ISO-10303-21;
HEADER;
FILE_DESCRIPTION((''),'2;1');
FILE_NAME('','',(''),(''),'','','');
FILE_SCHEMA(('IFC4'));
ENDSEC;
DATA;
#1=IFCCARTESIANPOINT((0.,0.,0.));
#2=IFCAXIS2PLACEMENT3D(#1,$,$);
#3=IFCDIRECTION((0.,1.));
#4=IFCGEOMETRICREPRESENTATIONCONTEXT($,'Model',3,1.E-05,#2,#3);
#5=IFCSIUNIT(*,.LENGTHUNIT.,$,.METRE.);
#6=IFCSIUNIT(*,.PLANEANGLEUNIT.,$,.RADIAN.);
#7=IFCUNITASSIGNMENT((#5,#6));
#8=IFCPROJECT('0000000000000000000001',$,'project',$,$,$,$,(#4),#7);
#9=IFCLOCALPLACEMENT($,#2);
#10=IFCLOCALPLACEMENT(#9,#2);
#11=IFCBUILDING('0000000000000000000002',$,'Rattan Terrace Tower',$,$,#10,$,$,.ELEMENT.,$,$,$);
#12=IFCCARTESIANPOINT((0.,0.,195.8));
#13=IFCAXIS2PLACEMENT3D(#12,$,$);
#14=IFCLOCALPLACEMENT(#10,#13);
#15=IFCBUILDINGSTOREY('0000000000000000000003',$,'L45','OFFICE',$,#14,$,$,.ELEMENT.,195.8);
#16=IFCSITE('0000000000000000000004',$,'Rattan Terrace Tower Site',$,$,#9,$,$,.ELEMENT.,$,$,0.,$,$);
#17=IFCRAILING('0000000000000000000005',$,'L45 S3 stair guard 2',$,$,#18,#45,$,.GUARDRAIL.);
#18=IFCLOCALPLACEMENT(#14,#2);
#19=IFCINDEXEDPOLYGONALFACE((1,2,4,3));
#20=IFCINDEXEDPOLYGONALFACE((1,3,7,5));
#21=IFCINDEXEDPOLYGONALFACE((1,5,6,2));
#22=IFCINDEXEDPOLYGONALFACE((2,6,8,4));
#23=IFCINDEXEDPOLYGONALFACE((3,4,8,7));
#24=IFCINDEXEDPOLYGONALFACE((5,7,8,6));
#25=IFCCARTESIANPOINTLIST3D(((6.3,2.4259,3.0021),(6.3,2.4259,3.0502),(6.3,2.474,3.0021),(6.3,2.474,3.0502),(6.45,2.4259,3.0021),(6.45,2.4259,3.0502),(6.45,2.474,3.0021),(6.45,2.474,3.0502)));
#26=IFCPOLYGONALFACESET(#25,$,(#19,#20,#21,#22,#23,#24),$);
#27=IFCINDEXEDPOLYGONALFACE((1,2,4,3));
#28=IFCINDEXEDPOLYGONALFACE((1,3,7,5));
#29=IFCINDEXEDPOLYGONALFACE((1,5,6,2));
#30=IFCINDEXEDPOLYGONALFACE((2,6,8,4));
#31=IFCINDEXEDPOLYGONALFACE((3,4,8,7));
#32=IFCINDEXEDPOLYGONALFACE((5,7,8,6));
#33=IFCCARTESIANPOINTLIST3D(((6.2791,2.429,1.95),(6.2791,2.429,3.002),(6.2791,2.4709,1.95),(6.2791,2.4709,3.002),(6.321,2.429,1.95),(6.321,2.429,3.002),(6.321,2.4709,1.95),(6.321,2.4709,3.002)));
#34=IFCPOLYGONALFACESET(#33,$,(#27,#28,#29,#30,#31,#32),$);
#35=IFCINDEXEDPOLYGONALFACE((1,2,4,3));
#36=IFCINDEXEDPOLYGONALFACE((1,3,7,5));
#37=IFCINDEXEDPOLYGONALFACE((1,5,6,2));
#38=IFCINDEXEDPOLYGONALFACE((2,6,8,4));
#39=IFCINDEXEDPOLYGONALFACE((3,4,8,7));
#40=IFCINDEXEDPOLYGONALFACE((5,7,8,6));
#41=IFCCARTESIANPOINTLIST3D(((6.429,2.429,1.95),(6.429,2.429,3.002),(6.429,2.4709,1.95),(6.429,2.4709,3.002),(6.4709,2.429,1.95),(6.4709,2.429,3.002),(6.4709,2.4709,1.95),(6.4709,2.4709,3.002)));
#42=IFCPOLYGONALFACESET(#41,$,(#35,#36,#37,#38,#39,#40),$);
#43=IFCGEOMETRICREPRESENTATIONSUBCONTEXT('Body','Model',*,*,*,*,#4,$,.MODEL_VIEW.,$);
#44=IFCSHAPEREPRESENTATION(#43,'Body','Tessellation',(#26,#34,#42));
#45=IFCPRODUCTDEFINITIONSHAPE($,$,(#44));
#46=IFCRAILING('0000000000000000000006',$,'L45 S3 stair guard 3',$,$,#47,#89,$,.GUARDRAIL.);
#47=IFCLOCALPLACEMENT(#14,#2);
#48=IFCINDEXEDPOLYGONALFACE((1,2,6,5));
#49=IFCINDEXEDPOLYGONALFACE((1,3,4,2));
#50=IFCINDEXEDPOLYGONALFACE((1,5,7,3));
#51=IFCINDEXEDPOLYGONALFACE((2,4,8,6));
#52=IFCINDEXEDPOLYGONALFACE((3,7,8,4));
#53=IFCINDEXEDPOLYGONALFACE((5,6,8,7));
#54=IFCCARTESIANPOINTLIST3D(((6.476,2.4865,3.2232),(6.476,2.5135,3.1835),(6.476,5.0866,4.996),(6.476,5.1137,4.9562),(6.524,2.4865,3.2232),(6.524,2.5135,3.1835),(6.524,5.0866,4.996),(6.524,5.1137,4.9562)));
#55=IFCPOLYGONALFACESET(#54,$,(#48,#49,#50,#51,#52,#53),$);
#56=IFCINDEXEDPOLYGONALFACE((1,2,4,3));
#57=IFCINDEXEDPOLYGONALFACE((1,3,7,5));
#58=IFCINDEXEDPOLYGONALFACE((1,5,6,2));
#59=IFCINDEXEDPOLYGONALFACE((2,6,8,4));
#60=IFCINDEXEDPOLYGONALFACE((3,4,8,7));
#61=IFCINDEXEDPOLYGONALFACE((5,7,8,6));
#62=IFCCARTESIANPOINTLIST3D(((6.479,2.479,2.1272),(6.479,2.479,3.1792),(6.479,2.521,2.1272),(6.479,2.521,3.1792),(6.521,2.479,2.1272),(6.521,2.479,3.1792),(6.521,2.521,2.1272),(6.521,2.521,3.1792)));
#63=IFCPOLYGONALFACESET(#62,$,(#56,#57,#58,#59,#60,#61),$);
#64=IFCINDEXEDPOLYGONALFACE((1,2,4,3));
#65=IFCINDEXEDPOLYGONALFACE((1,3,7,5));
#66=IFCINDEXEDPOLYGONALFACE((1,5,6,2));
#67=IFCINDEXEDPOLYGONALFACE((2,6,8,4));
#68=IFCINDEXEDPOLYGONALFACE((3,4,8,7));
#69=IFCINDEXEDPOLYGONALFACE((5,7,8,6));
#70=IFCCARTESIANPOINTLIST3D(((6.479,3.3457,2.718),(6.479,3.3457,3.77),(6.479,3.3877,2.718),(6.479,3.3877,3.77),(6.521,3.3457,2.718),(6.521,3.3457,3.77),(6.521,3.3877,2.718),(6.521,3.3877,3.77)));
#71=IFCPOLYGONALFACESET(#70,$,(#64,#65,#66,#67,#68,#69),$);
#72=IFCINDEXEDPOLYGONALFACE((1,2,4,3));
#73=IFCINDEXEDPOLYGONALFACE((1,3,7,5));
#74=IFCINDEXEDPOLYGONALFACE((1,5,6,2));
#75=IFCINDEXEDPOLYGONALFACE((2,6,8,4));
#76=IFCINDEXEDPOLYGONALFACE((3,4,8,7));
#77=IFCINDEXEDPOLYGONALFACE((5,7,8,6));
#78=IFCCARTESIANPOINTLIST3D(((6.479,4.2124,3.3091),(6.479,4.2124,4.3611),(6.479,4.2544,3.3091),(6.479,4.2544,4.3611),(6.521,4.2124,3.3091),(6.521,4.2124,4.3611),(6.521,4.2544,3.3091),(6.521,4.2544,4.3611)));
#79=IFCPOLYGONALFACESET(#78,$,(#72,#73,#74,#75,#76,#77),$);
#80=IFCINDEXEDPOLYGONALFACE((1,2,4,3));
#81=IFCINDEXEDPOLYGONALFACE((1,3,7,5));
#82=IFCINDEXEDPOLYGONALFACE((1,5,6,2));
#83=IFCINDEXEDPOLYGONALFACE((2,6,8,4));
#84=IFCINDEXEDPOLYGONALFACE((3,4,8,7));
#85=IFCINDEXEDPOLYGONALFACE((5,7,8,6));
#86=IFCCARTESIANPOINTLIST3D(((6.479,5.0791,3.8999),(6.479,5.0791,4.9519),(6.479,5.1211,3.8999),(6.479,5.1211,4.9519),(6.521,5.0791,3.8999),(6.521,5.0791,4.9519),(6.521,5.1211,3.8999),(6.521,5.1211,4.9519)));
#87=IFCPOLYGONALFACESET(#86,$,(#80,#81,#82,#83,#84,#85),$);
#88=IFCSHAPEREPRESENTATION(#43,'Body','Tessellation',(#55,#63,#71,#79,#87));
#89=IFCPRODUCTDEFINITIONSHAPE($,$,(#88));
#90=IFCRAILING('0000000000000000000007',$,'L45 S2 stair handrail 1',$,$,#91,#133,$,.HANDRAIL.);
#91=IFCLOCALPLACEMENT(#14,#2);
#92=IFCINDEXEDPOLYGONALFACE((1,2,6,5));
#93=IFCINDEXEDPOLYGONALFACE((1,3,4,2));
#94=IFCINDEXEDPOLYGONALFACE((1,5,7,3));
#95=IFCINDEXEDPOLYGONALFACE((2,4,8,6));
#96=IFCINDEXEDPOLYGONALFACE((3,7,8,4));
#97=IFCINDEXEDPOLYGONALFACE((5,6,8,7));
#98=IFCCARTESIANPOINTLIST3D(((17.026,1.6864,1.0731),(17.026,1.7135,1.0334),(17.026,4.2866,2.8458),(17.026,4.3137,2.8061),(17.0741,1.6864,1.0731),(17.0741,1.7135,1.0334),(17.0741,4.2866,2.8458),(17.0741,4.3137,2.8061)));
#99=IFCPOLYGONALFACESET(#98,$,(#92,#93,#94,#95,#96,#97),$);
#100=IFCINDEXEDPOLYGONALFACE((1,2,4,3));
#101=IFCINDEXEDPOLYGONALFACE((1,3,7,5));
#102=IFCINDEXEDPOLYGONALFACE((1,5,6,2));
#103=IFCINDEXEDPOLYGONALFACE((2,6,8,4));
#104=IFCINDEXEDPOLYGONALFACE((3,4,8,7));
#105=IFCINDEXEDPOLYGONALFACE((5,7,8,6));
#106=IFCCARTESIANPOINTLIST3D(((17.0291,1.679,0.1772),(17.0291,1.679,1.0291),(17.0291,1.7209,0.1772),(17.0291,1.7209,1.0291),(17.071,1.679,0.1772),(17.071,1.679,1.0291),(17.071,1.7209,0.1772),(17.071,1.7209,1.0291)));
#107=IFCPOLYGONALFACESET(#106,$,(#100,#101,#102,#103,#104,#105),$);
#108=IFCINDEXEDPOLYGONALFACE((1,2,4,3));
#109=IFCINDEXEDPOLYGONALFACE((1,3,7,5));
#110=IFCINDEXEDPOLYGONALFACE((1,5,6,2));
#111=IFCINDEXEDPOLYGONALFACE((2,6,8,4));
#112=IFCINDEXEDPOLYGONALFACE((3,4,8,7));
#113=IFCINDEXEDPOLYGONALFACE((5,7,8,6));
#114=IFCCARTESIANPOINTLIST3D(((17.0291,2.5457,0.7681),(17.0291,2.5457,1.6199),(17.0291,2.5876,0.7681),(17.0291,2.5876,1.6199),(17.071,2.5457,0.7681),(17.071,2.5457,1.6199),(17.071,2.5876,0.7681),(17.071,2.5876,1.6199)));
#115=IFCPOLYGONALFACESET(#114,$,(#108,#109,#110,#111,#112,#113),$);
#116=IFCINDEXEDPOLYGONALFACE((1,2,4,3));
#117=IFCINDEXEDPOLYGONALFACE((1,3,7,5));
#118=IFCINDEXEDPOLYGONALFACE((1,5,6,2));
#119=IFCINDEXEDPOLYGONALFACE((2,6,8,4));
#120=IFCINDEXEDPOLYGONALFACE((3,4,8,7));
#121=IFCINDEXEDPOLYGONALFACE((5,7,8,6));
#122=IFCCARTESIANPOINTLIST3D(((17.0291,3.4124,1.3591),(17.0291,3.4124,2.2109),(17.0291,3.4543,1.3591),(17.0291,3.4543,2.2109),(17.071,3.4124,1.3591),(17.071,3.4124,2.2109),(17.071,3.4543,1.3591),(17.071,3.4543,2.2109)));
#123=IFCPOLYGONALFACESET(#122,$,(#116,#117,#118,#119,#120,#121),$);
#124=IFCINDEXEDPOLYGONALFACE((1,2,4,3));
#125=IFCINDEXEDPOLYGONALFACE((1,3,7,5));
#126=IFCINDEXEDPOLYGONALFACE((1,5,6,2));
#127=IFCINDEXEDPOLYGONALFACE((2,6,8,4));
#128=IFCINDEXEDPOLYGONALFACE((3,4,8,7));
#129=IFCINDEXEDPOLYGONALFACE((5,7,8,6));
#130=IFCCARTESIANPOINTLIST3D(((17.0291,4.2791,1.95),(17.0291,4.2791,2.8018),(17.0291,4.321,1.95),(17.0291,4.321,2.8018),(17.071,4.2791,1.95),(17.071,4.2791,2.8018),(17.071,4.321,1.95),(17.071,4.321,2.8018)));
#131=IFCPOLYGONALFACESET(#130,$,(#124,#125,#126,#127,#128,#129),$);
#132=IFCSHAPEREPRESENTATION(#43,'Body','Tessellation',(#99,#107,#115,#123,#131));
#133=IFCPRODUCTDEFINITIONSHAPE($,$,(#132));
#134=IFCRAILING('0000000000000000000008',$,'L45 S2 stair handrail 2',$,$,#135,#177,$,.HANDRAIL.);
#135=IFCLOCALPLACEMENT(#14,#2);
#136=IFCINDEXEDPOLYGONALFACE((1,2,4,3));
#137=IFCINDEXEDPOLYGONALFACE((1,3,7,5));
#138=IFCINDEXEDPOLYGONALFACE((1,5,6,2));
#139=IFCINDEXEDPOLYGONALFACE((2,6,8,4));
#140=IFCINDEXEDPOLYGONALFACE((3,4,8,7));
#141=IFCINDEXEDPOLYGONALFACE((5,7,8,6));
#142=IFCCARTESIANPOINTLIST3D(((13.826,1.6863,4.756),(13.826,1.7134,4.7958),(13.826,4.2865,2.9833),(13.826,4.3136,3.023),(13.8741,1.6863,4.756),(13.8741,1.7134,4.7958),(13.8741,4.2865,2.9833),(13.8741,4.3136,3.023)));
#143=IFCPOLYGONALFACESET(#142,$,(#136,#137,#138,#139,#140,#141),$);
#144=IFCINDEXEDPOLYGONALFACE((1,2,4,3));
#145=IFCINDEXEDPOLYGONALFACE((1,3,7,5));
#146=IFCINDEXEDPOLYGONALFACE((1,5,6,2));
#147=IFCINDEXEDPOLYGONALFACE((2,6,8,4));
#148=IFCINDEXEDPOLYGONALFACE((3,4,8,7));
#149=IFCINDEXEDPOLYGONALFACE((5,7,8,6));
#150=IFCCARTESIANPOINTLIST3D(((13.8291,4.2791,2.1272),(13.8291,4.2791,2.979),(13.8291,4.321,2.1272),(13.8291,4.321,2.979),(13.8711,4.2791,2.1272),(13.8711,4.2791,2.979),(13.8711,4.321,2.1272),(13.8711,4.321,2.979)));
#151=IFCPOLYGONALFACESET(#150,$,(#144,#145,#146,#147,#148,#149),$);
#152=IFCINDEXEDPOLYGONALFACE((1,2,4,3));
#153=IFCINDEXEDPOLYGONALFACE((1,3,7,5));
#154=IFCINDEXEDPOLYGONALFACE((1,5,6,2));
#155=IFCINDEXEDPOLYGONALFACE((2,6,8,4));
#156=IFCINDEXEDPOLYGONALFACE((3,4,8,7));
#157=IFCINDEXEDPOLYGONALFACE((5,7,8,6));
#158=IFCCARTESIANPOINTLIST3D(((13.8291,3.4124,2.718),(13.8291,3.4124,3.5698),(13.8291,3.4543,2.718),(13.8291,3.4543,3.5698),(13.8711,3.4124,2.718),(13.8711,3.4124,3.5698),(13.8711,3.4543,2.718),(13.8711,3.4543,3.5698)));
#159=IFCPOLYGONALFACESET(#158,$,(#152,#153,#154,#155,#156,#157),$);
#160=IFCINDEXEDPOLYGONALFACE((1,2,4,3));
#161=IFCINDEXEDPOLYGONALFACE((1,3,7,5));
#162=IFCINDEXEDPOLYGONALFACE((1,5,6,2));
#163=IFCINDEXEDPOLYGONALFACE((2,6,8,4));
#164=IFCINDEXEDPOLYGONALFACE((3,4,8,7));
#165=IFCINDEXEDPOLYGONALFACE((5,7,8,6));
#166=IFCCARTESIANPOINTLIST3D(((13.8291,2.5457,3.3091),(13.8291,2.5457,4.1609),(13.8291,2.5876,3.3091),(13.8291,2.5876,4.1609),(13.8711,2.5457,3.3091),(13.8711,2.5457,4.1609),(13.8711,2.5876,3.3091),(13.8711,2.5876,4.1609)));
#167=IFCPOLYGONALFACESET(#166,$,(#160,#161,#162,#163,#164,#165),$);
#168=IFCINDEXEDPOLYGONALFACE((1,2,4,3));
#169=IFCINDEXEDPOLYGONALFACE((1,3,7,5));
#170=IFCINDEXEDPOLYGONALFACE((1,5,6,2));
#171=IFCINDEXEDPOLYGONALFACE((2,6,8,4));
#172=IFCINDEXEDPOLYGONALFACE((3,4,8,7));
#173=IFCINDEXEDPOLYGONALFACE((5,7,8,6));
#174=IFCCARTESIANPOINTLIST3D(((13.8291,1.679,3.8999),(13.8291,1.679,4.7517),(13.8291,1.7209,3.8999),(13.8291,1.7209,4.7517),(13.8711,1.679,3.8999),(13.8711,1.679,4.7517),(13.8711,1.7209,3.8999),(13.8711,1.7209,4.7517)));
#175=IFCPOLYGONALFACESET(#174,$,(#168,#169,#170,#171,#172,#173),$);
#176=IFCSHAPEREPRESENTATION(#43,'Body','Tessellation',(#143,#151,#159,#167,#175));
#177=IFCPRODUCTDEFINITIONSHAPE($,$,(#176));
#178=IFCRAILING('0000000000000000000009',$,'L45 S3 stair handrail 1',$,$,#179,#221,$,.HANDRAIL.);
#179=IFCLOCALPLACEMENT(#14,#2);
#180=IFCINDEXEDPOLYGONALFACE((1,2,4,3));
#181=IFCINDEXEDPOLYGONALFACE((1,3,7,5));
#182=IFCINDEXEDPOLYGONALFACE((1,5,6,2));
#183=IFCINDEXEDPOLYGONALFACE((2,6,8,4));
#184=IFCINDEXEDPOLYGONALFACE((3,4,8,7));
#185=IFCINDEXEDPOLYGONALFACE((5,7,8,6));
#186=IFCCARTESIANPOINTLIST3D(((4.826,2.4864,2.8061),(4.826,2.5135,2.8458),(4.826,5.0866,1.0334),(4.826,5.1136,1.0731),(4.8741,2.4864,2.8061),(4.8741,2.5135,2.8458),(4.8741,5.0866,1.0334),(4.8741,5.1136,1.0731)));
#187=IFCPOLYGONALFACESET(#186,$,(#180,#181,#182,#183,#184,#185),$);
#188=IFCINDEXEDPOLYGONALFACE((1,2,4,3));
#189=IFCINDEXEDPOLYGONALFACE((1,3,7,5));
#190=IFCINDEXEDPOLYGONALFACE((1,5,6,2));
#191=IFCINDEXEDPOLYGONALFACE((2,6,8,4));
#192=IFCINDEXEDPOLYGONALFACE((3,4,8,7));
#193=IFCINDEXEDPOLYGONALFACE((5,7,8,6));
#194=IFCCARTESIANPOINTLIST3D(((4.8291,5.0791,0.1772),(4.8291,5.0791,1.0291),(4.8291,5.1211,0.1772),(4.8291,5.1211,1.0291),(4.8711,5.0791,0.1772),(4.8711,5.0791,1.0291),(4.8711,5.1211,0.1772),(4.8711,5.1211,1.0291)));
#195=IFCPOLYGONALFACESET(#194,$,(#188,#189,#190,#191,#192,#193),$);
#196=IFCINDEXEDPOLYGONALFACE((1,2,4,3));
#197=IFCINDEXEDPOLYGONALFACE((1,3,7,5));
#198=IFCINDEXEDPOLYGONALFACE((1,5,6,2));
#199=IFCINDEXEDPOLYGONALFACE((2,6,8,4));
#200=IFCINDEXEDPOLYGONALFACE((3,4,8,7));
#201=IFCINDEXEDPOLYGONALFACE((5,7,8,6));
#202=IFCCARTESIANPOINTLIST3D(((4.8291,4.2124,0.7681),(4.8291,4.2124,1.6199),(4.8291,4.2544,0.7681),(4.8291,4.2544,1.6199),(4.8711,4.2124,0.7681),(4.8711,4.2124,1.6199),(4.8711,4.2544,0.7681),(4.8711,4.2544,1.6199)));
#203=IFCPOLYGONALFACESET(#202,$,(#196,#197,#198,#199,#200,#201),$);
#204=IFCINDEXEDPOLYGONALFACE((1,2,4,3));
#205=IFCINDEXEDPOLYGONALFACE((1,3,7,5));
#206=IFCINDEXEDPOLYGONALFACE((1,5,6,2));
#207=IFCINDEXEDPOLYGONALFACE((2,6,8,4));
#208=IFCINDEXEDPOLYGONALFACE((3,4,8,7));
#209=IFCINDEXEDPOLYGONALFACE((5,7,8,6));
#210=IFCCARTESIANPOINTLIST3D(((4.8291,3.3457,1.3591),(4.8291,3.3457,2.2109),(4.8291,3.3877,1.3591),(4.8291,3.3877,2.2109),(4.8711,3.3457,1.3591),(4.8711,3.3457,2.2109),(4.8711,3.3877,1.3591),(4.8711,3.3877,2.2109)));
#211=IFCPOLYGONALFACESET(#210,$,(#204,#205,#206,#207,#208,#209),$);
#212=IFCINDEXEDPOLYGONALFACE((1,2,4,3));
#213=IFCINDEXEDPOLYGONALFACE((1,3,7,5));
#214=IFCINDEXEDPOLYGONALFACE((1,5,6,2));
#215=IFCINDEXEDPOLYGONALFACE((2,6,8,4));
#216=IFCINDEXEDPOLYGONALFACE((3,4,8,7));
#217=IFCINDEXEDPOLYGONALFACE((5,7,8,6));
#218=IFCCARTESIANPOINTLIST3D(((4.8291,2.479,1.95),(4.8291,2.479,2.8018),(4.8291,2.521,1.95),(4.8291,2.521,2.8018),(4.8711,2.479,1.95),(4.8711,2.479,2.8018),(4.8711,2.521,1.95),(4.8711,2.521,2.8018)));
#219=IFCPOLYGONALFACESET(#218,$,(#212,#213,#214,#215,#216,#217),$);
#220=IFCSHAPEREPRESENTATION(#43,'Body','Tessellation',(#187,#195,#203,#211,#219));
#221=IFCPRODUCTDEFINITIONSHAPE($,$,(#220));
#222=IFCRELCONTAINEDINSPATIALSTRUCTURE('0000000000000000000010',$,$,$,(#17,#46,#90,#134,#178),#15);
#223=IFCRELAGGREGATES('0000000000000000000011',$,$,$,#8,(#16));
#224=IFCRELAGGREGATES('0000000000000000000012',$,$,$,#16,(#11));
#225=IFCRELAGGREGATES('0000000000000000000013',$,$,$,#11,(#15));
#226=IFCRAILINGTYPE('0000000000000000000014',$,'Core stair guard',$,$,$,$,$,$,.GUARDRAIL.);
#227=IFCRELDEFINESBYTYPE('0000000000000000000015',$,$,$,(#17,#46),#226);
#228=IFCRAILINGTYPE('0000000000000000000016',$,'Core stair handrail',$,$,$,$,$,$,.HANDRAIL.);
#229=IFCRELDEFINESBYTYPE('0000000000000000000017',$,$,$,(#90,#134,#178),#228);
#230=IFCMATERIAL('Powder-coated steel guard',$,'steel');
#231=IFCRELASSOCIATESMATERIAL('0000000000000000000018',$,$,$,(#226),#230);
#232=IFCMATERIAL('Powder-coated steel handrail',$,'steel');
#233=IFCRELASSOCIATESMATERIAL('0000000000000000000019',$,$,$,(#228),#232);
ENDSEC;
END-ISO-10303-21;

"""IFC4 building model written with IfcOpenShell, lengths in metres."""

from ifc_helpers import new_model, si_unit, direction, frame, origin, origin_2d, place, context, subcontext, project, spatial, rectangle, extrude, material, type_object, element, save


model = new_model("IFC4")

# Units and contexts
model_context = context("Model", 3, precision=1e-05, world=origin(), true_north=direction((0.0, 1.0)))
body_context = subcontext(model_context, "Body", "Model", "MODEL_VIEW")
ifc_project = project(units=[si_unit("LENGTHUNIT", "METRE"), si_unit("PLANEANGLEUNIT", "RADIAN")], contexts=[model_context])

# Site, building, storey
site_placement = place(None, origin())
site = spatial("IfcSite", under=ifc_project, at=site_placement, Name="Rattan Terrace Tower Site", CompositionType="ELEMENT", RefElevation=0.0)
building_placement = place(site_placement, origin())
building = spatial("IfcBuilding", under=site, at=building_placement, Name="Rattan Terrace Tower", CompositionType="ELEMENT")
storey_placement = place(building_placement, frame((0.0, 0.0, 195.8)))
storey = spatial("IfcBuildingStorey", under=building, at=storey_placement, Name="L45", Description="OFFICE", CompositionType="ELEMENT", Elevation=195.8)

# Railings
ifc_material_1 = material(Name="Powder-coated steel guard", Category="steel")
railing_type_1 = type_object("IfcRailingType", Name="Core stair guard", PredefinedType="GUARDRAIL", material=ifc_material_1)
railing_1_placement = place(storey_placement, frame((6.3, 2.45, 1.95)))
element("IfcRailing", 1, at=railing_1_placement, inside=storey, type_object=railing_type_1, Name="L45 S3 stair guard 2", PredefinedType="GUARDRAIL", context=body_context, shape_type="SweptSolid", body=[
    extrude(rectangle(XDim=0.0481, YDim=0.0481, at=origin_2d()), frame((0.0, 0.0, 1.0762), z_axis=(1.0, 0.0, 0.0), x_axis=(0.0, 1.0, 0.0)), (0.0, 0.0, 1.0), 0.1499),
    extrude(rectangle(XDim=0.042, YDim=0.042, at=origin_2d()), origin(), (0.0, 0.0, 1.0), 1.052),
    extrude(rectangle(XDim=0.042, YDim=0.042, at=origin_2d()), frame((0.1499, 0.0, 0.0)), (0.0, 0.0, 1.0), 1.052),
])
railing_2_placement = place(storey_placement, frame((6.5, 2.5, 2.1272)))
element("IfcRailing", 2, at=railing_2_placement, inside=storey, type_object=railing_type_1, Name="L45 S3 stair guard 3", PredefinedType="GUARDRAIL", context=body_context, shape_type="SweptSolid", body=[
    extrude(rectangle(XDim=0.0481, YDim=0.0481, at=origin_2d()), frame((0.0, 0.0, 1.0762), z_axis=(0.0, 0.82624, 0.563318), x_axis=(-1.0, 0.0, 0.0)), (0.0, 0.0, 1.0), 3.147),
    extrude(rectangle(XDim=0.042, YDim=0.042, at=origin_2d()), origin(), (0.0, 0.0, 1.0), 1.052),
    extrude(rectangle(XDim=0.042, YDim=0.042, at=origin_2d()), frame((0.0, 0.8667, 0.5908)), (0.0, 0.0, 1.0), 1.052),
    extrude(rectangle(XDim=0.042, YDim=0.042, at=origin_2d()), frame((0.0, 1.7334, 1.1819)), (0.0, 0.0, 1.0), 1.052),
    extrude(rectangle(XDim=0.042, YDim=0.042, at=origin_2d()), frame((0.0, 2.6001, 1.7727)), (0.0, 0.0, 1.0), 1.052),
])
ifc_material_2 = material(Name="Powder-coated steel handrail", Category="steel")
railing_type_2 = type_object("IfcRailingType", Name="Core stair handrail", PredefinedType="HANDRAIL", material=ifc_material_2)
railing_3_placement = place(storey_placement, frame((17.05, 1.7, 0.1772)))
element("IfcRailing", 3, at=railing_3_placement, inside=storey, type_object=railing_type_2, Name="L45 S2 stair handrail 1", PredefinedType="HANDRAIL", context=body_context, shape_type="SweptSolid", body=[
    extrude(rectangle(XDim=0.0481, YDim=0.0481, at=origin_2d()), frame((0.0, 0.0, 0.876), z_axis=(0.0, 0.82624, 0.563318), x_axis=(-1.0, 0.0, 0.0)), (0.0, 0.0, 1.0), 3.147),
    extrude(rectangle(XDim=0.042, YDim=0.042, at=origin_2d()), origin(), (0.0, 0.0, 1.0), 0.8518),
    extrude(rectangle(XDim=0.042, YDim=0.042, at=origin_2d()), frame((0.0, 0.8667, 0.5908)), (0.0, 0.0, 1.0), 0.8518),
    extrude(rectangle(XDim=0.042, YDim=0.042, at=origin_2d()), frame((0.0, 1.7334, 1.1819)), (0.0, 0.0, 1.0), 0.8518),
    extrude(rectangle(XDim=0.042, YDim=0.042, at=origin_2d()), frame((0.0, 2.6001, 1.7727)), (0.0, 0.0, 1.0), 0.8518),
])
for number, where, name in (
    (4, (13.8501, 4.3, 2.1272), "L45 S2 stair handrail 2"),
    (5, (4.8501, 5.1001, 0.1772), "L45 S3 stair handrail 1"),
):
    element("IfcRailing", number, at=place(storey_placement, frame(where)), inside=storey, type_object=railing_type_2, Name=name, PredefinedType="HANDRAIL", context=body_context, shape_type="SweptSolid", body=[
        extrude(rectangle(XDim=0.0481, YDim=0.0481, at=origin_2d()), frame((0.0, 0.0, 0.876), z_axis=(0.0, -0.82624, 0.563318), x_axis=(1.0, 0.0, 0.0)), (0.0, 0.0, 1.0), 3.147),
        extrude(rectangle(XDim=0.042, YDim=0.042, at=origin_2d()), origin(), (0.0, 0.0, 1.0), 0.8518),
        extrude(rectangle(XDim=0.042, YDim=0.042, at=origin_2d()), frame((0.0, -0.8667, 0.5908)), (0.0, 0.0, 1.0), 0.8518),
        extrude(rectangle(XDim=0.042, YDim=0.042, at=origin_2d()), frame((0.0, -1.7334, 1.1819)), (0.0, 0.0, 1.0), 0.8518),
        extrude(rectangle(XDim=0.042, YDim=0.042, at=origin_2d()), frame((0.0, -2.6001, 1.7727)), (0.0, 0.0, 1.0), 0.8518),
    ])

save(model, "model.ifc")
